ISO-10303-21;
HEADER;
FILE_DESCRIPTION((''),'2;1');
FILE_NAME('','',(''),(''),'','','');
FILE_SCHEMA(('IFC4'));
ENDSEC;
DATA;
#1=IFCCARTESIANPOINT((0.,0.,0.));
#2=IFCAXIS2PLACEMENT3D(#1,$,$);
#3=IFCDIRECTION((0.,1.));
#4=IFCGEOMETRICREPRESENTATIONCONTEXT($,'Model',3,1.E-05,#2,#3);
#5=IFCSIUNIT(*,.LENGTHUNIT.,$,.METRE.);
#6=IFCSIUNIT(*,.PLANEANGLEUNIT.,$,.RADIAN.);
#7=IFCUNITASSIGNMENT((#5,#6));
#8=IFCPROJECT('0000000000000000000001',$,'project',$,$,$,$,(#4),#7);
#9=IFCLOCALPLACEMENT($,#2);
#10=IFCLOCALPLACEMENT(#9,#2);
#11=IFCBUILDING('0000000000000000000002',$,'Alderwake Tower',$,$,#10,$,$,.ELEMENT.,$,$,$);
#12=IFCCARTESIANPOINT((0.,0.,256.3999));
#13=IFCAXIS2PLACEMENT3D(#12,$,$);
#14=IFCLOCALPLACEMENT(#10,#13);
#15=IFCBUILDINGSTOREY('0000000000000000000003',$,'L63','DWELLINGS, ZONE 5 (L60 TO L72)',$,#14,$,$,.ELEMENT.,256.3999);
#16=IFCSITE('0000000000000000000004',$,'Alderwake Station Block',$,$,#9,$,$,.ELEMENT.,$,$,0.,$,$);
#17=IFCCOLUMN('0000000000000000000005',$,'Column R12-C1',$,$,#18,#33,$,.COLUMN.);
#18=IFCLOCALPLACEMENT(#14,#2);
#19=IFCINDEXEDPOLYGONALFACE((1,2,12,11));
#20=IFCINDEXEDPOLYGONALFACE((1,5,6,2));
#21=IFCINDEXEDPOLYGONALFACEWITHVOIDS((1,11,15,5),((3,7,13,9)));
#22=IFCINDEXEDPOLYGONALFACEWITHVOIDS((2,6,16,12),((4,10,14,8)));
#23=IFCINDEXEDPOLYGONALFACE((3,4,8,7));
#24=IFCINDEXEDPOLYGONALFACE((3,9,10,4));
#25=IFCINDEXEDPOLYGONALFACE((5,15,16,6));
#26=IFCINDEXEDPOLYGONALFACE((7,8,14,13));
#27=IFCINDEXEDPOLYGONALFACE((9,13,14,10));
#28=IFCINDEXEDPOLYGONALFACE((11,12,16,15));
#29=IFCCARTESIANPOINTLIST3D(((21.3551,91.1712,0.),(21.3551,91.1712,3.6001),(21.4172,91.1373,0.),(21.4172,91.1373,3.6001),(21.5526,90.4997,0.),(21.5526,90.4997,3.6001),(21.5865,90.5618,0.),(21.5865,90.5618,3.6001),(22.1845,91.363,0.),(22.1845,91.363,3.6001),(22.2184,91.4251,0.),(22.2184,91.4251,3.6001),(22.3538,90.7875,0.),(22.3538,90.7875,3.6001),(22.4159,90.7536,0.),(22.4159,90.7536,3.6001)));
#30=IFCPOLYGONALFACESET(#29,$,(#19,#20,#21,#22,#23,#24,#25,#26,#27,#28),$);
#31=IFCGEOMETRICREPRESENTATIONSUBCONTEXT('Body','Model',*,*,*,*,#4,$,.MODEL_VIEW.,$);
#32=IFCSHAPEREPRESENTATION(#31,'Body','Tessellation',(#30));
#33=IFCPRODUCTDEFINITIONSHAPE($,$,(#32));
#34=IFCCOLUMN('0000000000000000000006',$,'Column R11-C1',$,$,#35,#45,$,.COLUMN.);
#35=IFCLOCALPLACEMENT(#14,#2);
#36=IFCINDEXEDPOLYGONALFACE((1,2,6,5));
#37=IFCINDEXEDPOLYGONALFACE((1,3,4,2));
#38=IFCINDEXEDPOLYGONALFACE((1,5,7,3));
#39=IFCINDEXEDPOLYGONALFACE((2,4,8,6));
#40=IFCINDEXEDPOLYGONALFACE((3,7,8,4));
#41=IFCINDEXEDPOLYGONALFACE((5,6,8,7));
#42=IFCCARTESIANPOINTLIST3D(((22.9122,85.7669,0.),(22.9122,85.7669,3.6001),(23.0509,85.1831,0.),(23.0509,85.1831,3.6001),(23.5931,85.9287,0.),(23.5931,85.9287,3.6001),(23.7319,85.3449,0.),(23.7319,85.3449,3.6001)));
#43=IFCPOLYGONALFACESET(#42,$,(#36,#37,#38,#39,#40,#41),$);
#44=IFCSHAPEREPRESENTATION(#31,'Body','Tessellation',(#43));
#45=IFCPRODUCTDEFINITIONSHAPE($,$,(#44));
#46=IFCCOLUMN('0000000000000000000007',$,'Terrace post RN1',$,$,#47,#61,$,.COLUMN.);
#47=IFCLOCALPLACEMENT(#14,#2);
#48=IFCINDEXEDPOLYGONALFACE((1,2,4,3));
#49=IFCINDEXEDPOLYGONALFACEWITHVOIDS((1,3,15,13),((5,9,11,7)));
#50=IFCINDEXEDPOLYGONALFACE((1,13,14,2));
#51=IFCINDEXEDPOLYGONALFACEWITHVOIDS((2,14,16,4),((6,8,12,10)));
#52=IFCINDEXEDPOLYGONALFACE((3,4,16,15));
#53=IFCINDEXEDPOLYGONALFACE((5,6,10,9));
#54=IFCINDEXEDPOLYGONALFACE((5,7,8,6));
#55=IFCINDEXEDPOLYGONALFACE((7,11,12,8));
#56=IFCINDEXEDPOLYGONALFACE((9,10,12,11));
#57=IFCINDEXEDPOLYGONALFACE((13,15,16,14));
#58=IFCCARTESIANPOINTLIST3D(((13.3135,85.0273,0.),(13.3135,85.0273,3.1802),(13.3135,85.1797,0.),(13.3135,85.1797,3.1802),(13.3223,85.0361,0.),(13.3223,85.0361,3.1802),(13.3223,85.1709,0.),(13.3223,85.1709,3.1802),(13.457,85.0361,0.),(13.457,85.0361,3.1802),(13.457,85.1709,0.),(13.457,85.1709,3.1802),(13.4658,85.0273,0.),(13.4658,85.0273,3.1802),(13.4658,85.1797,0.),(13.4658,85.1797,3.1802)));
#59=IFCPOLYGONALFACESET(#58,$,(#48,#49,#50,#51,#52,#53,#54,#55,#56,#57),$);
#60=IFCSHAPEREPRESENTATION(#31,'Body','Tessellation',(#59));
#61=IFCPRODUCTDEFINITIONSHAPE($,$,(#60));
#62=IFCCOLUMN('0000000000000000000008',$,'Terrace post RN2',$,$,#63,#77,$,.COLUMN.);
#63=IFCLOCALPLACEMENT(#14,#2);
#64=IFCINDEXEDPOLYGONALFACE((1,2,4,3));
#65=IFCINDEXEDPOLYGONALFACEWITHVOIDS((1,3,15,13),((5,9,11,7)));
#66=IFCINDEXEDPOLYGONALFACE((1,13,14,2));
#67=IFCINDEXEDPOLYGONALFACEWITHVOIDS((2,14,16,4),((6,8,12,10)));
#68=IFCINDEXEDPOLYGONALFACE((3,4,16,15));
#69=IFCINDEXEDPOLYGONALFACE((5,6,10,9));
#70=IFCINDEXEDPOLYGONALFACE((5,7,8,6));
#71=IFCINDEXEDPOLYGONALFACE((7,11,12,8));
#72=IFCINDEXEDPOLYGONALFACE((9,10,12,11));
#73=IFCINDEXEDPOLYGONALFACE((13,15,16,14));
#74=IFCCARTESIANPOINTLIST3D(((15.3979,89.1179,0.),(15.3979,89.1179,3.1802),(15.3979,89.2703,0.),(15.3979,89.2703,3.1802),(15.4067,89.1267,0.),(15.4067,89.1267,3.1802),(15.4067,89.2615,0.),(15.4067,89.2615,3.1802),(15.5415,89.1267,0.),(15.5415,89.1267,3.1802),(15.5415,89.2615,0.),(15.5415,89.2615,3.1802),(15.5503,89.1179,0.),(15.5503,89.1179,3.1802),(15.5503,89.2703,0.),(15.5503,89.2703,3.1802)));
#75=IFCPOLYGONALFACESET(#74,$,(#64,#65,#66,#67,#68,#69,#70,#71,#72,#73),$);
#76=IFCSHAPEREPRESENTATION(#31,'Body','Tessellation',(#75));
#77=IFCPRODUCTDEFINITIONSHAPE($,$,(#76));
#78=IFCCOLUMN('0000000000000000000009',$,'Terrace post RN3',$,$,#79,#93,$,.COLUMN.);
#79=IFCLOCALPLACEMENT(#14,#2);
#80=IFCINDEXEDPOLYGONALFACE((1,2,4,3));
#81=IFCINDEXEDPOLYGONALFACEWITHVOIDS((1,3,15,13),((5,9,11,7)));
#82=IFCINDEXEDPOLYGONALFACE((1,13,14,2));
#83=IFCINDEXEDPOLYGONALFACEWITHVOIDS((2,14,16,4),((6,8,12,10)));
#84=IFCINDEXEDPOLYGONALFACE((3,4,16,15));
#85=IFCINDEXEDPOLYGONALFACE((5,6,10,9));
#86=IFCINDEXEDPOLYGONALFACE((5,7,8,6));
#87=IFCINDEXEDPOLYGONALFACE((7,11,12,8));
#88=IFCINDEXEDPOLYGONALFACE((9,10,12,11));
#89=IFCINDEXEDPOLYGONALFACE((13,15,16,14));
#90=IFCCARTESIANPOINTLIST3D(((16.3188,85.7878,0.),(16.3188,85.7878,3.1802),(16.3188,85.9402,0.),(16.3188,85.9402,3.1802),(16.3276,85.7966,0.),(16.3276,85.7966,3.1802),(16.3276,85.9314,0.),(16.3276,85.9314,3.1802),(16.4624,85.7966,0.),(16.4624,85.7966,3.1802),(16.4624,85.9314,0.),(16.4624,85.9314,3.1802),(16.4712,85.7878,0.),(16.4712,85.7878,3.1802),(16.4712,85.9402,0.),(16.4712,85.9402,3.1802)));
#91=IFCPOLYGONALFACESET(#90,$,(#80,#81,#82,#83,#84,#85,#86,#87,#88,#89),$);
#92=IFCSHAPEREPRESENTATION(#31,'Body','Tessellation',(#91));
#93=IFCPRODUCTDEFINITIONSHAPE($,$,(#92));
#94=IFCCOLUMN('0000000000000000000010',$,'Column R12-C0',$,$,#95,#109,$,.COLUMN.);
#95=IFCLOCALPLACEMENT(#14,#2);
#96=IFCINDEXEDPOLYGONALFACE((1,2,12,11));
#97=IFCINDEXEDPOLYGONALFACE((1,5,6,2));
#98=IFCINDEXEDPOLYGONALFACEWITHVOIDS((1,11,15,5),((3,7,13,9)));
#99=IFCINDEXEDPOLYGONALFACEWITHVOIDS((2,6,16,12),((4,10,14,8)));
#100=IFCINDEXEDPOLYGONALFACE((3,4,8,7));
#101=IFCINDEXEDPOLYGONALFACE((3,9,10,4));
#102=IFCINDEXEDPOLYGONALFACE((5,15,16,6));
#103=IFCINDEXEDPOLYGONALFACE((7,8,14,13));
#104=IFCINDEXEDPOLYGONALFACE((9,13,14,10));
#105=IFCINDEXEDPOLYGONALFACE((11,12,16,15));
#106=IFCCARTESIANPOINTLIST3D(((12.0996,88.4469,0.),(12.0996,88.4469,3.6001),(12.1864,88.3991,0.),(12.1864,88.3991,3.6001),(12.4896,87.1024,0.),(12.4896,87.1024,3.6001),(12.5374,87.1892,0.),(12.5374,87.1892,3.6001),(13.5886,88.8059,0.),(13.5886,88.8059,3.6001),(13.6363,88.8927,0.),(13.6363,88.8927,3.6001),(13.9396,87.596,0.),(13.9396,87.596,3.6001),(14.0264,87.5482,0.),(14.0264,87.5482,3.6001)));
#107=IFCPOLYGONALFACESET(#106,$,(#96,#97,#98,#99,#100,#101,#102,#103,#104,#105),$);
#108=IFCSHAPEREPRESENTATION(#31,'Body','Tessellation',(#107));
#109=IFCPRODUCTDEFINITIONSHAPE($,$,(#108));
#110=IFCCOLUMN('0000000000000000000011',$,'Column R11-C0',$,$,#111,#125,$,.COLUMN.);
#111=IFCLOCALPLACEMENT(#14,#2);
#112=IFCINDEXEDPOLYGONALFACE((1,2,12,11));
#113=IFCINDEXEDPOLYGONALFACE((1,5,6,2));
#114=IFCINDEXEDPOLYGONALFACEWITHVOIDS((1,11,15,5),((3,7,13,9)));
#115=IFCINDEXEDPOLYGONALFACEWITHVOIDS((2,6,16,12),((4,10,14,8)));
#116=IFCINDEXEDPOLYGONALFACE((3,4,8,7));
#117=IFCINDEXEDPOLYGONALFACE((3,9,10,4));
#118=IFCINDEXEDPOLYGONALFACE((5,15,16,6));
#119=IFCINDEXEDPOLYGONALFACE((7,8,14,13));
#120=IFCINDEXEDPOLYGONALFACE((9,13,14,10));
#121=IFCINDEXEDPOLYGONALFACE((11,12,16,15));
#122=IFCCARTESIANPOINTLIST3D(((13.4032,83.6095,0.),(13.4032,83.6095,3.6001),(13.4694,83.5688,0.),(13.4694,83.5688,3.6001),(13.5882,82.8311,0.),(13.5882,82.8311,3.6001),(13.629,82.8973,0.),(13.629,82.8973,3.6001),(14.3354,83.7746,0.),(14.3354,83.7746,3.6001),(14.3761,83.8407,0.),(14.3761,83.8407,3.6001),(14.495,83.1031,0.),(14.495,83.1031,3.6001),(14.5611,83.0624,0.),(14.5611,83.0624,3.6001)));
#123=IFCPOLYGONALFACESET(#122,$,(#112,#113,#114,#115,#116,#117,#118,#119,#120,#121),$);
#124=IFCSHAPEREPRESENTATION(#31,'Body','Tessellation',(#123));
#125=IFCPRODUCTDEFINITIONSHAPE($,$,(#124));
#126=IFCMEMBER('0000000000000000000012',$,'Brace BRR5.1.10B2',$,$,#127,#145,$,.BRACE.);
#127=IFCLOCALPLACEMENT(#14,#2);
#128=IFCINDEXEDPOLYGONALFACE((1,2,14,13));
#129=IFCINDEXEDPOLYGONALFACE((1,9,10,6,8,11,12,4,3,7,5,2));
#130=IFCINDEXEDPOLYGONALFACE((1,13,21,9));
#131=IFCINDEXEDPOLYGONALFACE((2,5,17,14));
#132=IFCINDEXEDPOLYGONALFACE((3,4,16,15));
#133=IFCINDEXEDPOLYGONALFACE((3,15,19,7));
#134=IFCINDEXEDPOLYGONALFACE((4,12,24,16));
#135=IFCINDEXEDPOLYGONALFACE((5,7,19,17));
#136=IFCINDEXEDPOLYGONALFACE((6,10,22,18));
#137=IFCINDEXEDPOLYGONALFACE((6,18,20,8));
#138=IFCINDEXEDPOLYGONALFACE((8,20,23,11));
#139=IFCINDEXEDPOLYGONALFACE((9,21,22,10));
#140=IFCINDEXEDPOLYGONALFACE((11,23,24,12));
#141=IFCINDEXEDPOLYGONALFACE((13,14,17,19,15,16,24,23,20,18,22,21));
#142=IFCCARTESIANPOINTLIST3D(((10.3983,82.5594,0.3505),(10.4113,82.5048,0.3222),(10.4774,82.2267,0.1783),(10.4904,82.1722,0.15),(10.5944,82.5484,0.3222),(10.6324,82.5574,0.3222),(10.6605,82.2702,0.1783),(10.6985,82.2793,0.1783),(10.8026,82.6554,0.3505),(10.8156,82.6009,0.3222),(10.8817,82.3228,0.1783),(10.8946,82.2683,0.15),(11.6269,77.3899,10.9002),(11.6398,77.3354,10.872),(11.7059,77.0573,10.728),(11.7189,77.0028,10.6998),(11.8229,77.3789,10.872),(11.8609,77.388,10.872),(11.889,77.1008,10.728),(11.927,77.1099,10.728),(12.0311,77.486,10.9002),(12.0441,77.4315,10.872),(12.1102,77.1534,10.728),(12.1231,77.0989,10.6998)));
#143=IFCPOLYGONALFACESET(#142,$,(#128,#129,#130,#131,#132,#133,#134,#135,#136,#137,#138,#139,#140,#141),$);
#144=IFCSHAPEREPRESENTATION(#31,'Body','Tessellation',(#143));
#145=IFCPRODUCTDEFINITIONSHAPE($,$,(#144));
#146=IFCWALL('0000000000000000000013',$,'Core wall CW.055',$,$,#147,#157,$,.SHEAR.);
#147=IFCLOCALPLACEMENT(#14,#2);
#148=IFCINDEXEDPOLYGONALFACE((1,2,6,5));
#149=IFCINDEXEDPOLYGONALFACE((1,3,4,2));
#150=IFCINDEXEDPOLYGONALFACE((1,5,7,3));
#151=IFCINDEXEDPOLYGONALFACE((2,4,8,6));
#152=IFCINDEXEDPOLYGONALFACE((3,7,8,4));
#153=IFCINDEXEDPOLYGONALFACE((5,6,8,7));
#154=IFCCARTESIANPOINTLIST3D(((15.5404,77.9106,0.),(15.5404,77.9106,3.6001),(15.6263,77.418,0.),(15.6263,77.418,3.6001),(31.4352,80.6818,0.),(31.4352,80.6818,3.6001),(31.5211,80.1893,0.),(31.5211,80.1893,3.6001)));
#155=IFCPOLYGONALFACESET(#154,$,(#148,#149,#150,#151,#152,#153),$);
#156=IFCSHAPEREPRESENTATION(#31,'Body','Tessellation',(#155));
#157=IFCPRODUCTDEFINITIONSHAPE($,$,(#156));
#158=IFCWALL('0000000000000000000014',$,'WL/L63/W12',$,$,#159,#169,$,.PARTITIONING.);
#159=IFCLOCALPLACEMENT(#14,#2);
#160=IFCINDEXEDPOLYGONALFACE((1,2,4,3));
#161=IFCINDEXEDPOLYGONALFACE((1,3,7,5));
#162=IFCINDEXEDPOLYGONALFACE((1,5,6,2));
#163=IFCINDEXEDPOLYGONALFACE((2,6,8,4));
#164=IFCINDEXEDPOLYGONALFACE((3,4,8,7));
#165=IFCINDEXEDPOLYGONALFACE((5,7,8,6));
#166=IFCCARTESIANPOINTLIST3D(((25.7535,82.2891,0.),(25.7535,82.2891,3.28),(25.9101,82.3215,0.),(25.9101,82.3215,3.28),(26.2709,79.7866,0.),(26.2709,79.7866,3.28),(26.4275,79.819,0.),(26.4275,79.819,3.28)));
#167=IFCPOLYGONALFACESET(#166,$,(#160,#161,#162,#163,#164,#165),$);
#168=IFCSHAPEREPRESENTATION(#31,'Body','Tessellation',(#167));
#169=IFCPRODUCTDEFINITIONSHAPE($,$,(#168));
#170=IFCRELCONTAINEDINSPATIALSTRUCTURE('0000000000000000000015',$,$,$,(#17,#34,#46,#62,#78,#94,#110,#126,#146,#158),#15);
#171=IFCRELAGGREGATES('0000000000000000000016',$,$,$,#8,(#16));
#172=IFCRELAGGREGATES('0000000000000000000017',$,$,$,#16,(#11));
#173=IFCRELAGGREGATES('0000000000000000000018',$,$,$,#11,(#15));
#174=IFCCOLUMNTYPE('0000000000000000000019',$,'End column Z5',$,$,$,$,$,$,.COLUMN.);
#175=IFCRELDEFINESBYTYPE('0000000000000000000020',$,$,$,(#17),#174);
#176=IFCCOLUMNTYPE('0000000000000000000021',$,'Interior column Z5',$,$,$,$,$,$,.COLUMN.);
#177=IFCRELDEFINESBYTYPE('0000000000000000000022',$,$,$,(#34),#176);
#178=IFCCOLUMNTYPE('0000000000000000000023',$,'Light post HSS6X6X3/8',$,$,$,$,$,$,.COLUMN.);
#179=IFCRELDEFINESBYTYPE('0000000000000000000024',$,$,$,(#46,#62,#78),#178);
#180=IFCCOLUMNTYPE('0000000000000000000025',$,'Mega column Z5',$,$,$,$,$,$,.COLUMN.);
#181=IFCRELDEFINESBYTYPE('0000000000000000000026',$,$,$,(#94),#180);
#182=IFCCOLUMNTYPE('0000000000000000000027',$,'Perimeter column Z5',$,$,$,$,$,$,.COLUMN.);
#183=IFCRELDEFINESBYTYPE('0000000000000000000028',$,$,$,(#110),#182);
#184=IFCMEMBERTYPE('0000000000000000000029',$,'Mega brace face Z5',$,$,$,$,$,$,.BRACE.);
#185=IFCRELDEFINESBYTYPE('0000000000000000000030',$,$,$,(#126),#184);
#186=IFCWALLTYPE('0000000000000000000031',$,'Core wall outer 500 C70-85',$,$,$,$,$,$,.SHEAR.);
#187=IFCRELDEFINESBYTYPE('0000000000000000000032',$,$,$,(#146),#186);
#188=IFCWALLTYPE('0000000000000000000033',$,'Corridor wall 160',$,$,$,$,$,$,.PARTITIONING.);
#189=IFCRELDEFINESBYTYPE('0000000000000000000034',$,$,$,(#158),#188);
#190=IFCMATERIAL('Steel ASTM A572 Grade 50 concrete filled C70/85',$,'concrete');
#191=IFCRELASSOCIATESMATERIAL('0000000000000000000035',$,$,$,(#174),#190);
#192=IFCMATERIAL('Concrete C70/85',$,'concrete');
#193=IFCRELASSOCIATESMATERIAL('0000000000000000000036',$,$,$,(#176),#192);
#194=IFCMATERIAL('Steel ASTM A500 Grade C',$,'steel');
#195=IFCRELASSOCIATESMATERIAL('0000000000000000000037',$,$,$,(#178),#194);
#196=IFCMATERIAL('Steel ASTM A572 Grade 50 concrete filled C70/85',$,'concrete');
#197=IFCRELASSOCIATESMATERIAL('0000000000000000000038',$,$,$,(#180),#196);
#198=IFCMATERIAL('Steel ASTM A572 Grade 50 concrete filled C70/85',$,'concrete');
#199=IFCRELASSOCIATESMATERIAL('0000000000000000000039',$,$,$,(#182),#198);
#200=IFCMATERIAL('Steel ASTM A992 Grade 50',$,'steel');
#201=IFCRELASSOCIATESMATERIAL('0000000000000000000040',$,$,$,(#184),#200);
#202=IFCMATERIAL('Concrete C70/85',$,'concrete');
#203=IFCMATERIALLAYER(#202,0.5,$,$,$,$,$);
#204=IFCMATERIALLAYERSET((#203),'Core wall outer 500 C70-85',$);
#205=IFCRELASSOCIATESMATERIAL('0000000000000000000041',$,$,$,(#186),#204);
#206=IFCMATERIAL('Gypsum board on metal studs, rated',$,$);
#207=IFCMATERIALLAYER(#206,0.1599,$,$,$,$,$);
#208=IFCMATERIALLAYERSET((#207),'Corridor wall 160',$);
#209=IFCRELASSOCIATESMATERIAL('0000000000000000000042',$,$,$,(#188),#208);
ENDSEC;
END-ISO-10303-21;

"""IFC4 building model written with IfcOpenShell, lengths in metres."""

from ifc_helpers import new_model, si_unit, direction, frame, frame_2d, origin, origin_2d, place, context, subcontext, project, spatial, rectangle, hollow_rectangle, i_section, extrude, material, layer, layer_set, material_profile, profile_set, type_object, element, save


model = new_model("IFC4")

# Units and contexts
model_context = context("Model", 3, precision=1e-05, world=origin(), true_north=direction((0.0, 1.0)))
body_context = subcontext(model_context, "Body", "Model", "MODEL_VIEW")
ifc_project = project(units=[si_unit("LENGTHUNIT", "METRE"), si_unit("PLANEANGLEUNIT", "RADIAN")], contexts=[model_context])

# Site, building, storey
site_placement = place(None, origin())
site = spatial("IfcSite", under=ifc_project, at=site_placement, Name="Alderwake Station Block", CompositionType="ELEMENT", RefElevation=0.0)
building_placement = place(site_placement, origin())
building = spatial("IfcBuilding", under=site, at=building_placement, Name="Alderwake Tower", CompositionType="ELEMENT")
storey_placement = place(building_placement, frame((0.0, 0.0, 256.3999)))
storey = spatial("IfcBuildingStorey", under=building, at=storey_placement, Name="L63", Description="DWELLINGS, ZONE 5 (L60 TO L72)", CompositionType="ELEMENT", Elevation=256.3999)

# Columns
ifc_material_1 = material(Name="Steel ASTM A572 Grade 50 concrete filled C70/85", Category="concrete")
ifc_material_profile_1 = material_profile(ifc_material_1, hollow_rectangle(XDim=0.7, YDim=0.8999, WallThickness=0.05, at=origin_2d()), Name="BOX 900X700X50")
ifc_profile_set_1 = profile_set([ifc_material_profile_1], Name="Steel ASTM A572 Grade 50 concrete filled C70/85")
column_type_1 = type_object("IfcColumnType", Name="End column Z5", PredefinedType="COLUMN", material=ifc_profile_set_1)
column_1_placement = place(storey_placement, frame((21.8855, 90.9624, 0.0), z_axis=(0.0, 0.0, 1.0), x_axis=(-0.282132, 0.959376, 0.0)))
element("IfcColumn", 1, at=column_1_placement, inside=storey, type_object=column_type_1, Name="Column R12-C1", PredefinedType="COLUMN", context=body_context, shape_type="SweptSolid", body=[
    extrude(hollow_rectangle(XDim=0.7, YDim=0.8999, WallThickness=0.05, at=origin_2d()), origin(), (0.0, 0.0, 1.0), 3.6001),
])
ifc_material_2 = material(Name="Concrete C70/85", Category="concrete")
ifc_material_profile_2 = material_profile(ifc_material_2, rectangle(XDim=0.6001, YDim=0.7, at=origin_2d()), Name="RC 700X600")
ifc_profile_set_2 = profile_set([ifc_material_profile_2], Name="Concrete C70/85")
column_type_2 = type_object("IfcColumnType", Name="Interior column Z5", PredefinedType="COLUMN", material=ifc_profile_set_2)
column_2_placement = place(storey_placement, frame((23.322, 85.5559, 0.0), z_axis=(0.0, 0.0, 1.0), x_axis=(-0.231222, 0.972901, 0.0)))
element("IfcColumn", 2, at=column_2_placement, inside=storey, type_object=column_type_2, Name="Column R11-C1", PredefinedType="COLUMN", context=body_context, shape_type="SweptSolid", body=[
    extrude(rectangle(XDim=0.6001, YDim=0.7, at=origin_2d()), origin(), (0.0, 0.0, 1.0), 3.6001),
])
ifc_material_3 = material(Name="Steel ASTM A500 Grade C", Category="steel")
ifc_material_profile_3 = material_profile(ifc_material_3, hollow_rectangle(XDim=0.1523, YDim=0.1523, WallThickness=0.0088, at=origin_2d()), Name="HSS6X6X3/8")
ifc_profile_set_3 = profile_set([ifc_material_profile_3], Name="Steel ASTM A500 Grade C")
column_type_3 = type_object("IfcColumnType", Name="Light post HSS6X6X3/8", PredefinedType="COLUMN", material=ifc_profile_set_3)
for number, where, z_axis, x_axis, name in (
    (3, (13.3896, 85.1035, 0.0), (0.0, 0.0, 1.0), (1.0, 0.0, 0.0), "Terrace post RN1"),
    (4, (15.4741, 89.1941, 0.0), (0.0, 0.0, 1.0), (1.0, 0.0, 0.0), "Terrace post RN2"),
    (5, (16.395, 85.864, 0.0), (0.0, 0.0, 1.0), (1.0, 0.0, 0.0), "Terrace post RN3"),
):
    element("IfcColumn", number, at=place(storey_placement, frame(where, z_axis=z_axis, x_axis=x_axis)), inside=storey, type_object=column_type_3, Name=name, PredefinedType="COLUMN", context=body_context, shape_type="SweptSolid", body=[
        extrude(hollow_rectangle(XDim=0.1523, YDim=0.1523, WallThickness=0.0088, at=origin_2d()), origin(), (0.0, 0.0, 1.0), 3.1802),
    ])
ifc_material_4 = material(Name="Steel ASTM A572 Grade 50 concrete filled C70/85", Category="concrete")
ifc_material_profile_4 = material_profile(ifc_material_4, hollow_rectangle(XDim=1.3999, YDim=1.6001, WallThickness=0.0701, at=origin_2d()), Name="BOX 1600X1400X70")
ifc_profile_set_4 = profile_set([ifc_material_profile_4], Name="Steel ASTM A572 Grade 50 concrete filled C70/85")
column_type_4 = type_object("IfcColumnType", Name="Mega column Z5", PredefinedType="COLUMN", material=ifc_profile_set_4)
column_3_placement = place(storey_placement, frame((13.063, 87.9976, 0.0), z_axis=(0.0, 0.0, 1.0), x_axis=(-0.278612, 0.960404, 0.0)))
element("IfcColumn", 6, at=column_3_placement, inside=storey, type_object=column_type_4, Name="Column R12-C0", PredefinedType="COLUMN", context=body_context, shape_type="SweptSolid", body=[
    extrude(hollow_rectangle(XDim=1.3999, YDim=1.6001, WallThickness=0.0701, at=origin_2d()), origin(), (0.0, 0.0, 1.0), 3.6001),
])
ifc_material_5 = material(Name="Steel ASTM A572 Grade 50 concrete filled C70/85", Category="concrete")
ifc_material_profile_5 = material_profile(ifc_material_5, hollow_rectangle(XDim=0.8, YDim=1.0, WallThickness=0.0549, at=origin_2d()), Name="BOX 1000X800X55")
ifc_profile_set_5 = profile_set([ifc_material_profile_5], Name="Steel ASTM A572 Grade 50 concrete filled C70/85")
column_type_5 = type_object("IfcColumnType", Name="Perimeter column Z5", PredefinedType="COLUMN", material=ifc_profile_set_5)
column_4_placement = place(storey_placement, frame((13.9822, 83.3359, 0.0), z_axis=(0.0, 0.0, 1.0), x_axis=(-0.231222, 0.972901, 0.0)))
element("IfcColumn", 7, at=column_4_placement, inside=storey, type_object=column_type_5, Name="Column R11-C0", PredefinedType="COLUMN", context=body_context, shape_type="SweptSolid", body=[
    extrude(hollow_rectangle(XDim=0.8, YDim=1.0, WallThickness=0.0549, at=origin_2d()), origin(), (0.0, 0.0, 1.0), 3.6001),
])

# Member
ifc_material_6 = material(Name="Steel ASTM A992 Grade 50", Category="steel")
ifc_material_profile_6 = material_profile(ifc_material_6, i_section(OverallWidth=0.4155, OverallDepth=0.4456, WebThickness=0.0391, FlangeThickness=0.0627, at=origin_2d()), Name="W14X342")
ifc_profile_set_6 = profile_set([ifc_material_profile_6], Name="Steel ASTM A992 Grade 50")
member_type = type_object("IfcMemberType", Name="Mega brace face Z5", PredefinedType="BRACE", material=ifc_profile_set_6)
member_placement = place(storey_placement, frame((10.6465, 82.4138, 0.2502), z_axis=(0.104003, -0.437631, 0.89312), x_axis=(0.972904, 0.231211, 0.0)))
element("IfcMember", 8, at=member_placement, inside=storey, type_object=member_type, Name="Brace BRR5.1.10B2", PredefinedType="BRACE", context=body_context, shape_type="SweptSolid", body=[
    extrude(i_section(OverallWidth=0.4155, OverallDepth=0.4456, WebThickness=0.0391, FlangeThickness=0.0627, at=origin_2d()), origin(), (0.0, 0.0, 1.0), 11.8123),
])

# Walls
ifc_material_7 = material(Name="Concrete C70/85", Category="concrete")
ifc_layer_1 = layer(ifc_material_7, 0.5)
ifc_layer_set_1 = layer_set([ifc_layer_1], Name="Core wall outer 500 C70-85")
wall_type_1 = type_object("IfcWallType", Name="Core wall outer 500 C70-85", PredefinedType="SHEAR", material=ifc_layer_set_1)
wall_1_placement = place(storey_placement, frame((15.5833, 77.6643, 0.0), z_axis=(0.0, 0.0, 1.0), x_axis=(0.985139, 0.171758, 0.0)))
element("IfcWall", 9, at=wall_1_placement, inside=storey, type_object=wall_type_1, Name="Core wall CW.055", PredefinedType="SHEAR", context=body_context, shape_type="SweptSolid", body=[
    extrude(rectangle(XDim=16.1345, YDim=0.5, at=frame_2d((8.0674, 0.0))), origin(), (0.0, 0.0, 1.0), 3.6001),
])
ifc_material_8 = material(Name="Gypsum board on metal studs, rated")
ifc_layer_2 = layer(ifc_material_8, 0.1599)
ifc_layer_set_2 = layer_set([ifc_layer_2], Name="Corridor wall 160")
wall_type_2 = type_object("IfcWallType", Name="Corridor wall 160", PredefinedType="PARTITIONING", material=ifc_layer_set_2)
wall_2_placement = place(storey_placement, frame((25.8318, 82.3054, 0.0), z_axis=(0.0, 0.0, 1.0), x_axis=(0.202451, -0.979292, 0.0)))
element("IfcWall", 10, at=wall_2_placement, inside=storey, type_object=wall_type_2, Name="WL/L63/W12", PredefinedType="PARTITIONING", context=body_context, shape_type="SweptSolid", body=[
    extrude(rectangle(XDim=2.5554, YDim=0.1599, at=frame_2d((1.2778, 0.0))), origin(), (0.0, 0.0, 1.0), 3.28),
])

save(model, "model.ifc")
